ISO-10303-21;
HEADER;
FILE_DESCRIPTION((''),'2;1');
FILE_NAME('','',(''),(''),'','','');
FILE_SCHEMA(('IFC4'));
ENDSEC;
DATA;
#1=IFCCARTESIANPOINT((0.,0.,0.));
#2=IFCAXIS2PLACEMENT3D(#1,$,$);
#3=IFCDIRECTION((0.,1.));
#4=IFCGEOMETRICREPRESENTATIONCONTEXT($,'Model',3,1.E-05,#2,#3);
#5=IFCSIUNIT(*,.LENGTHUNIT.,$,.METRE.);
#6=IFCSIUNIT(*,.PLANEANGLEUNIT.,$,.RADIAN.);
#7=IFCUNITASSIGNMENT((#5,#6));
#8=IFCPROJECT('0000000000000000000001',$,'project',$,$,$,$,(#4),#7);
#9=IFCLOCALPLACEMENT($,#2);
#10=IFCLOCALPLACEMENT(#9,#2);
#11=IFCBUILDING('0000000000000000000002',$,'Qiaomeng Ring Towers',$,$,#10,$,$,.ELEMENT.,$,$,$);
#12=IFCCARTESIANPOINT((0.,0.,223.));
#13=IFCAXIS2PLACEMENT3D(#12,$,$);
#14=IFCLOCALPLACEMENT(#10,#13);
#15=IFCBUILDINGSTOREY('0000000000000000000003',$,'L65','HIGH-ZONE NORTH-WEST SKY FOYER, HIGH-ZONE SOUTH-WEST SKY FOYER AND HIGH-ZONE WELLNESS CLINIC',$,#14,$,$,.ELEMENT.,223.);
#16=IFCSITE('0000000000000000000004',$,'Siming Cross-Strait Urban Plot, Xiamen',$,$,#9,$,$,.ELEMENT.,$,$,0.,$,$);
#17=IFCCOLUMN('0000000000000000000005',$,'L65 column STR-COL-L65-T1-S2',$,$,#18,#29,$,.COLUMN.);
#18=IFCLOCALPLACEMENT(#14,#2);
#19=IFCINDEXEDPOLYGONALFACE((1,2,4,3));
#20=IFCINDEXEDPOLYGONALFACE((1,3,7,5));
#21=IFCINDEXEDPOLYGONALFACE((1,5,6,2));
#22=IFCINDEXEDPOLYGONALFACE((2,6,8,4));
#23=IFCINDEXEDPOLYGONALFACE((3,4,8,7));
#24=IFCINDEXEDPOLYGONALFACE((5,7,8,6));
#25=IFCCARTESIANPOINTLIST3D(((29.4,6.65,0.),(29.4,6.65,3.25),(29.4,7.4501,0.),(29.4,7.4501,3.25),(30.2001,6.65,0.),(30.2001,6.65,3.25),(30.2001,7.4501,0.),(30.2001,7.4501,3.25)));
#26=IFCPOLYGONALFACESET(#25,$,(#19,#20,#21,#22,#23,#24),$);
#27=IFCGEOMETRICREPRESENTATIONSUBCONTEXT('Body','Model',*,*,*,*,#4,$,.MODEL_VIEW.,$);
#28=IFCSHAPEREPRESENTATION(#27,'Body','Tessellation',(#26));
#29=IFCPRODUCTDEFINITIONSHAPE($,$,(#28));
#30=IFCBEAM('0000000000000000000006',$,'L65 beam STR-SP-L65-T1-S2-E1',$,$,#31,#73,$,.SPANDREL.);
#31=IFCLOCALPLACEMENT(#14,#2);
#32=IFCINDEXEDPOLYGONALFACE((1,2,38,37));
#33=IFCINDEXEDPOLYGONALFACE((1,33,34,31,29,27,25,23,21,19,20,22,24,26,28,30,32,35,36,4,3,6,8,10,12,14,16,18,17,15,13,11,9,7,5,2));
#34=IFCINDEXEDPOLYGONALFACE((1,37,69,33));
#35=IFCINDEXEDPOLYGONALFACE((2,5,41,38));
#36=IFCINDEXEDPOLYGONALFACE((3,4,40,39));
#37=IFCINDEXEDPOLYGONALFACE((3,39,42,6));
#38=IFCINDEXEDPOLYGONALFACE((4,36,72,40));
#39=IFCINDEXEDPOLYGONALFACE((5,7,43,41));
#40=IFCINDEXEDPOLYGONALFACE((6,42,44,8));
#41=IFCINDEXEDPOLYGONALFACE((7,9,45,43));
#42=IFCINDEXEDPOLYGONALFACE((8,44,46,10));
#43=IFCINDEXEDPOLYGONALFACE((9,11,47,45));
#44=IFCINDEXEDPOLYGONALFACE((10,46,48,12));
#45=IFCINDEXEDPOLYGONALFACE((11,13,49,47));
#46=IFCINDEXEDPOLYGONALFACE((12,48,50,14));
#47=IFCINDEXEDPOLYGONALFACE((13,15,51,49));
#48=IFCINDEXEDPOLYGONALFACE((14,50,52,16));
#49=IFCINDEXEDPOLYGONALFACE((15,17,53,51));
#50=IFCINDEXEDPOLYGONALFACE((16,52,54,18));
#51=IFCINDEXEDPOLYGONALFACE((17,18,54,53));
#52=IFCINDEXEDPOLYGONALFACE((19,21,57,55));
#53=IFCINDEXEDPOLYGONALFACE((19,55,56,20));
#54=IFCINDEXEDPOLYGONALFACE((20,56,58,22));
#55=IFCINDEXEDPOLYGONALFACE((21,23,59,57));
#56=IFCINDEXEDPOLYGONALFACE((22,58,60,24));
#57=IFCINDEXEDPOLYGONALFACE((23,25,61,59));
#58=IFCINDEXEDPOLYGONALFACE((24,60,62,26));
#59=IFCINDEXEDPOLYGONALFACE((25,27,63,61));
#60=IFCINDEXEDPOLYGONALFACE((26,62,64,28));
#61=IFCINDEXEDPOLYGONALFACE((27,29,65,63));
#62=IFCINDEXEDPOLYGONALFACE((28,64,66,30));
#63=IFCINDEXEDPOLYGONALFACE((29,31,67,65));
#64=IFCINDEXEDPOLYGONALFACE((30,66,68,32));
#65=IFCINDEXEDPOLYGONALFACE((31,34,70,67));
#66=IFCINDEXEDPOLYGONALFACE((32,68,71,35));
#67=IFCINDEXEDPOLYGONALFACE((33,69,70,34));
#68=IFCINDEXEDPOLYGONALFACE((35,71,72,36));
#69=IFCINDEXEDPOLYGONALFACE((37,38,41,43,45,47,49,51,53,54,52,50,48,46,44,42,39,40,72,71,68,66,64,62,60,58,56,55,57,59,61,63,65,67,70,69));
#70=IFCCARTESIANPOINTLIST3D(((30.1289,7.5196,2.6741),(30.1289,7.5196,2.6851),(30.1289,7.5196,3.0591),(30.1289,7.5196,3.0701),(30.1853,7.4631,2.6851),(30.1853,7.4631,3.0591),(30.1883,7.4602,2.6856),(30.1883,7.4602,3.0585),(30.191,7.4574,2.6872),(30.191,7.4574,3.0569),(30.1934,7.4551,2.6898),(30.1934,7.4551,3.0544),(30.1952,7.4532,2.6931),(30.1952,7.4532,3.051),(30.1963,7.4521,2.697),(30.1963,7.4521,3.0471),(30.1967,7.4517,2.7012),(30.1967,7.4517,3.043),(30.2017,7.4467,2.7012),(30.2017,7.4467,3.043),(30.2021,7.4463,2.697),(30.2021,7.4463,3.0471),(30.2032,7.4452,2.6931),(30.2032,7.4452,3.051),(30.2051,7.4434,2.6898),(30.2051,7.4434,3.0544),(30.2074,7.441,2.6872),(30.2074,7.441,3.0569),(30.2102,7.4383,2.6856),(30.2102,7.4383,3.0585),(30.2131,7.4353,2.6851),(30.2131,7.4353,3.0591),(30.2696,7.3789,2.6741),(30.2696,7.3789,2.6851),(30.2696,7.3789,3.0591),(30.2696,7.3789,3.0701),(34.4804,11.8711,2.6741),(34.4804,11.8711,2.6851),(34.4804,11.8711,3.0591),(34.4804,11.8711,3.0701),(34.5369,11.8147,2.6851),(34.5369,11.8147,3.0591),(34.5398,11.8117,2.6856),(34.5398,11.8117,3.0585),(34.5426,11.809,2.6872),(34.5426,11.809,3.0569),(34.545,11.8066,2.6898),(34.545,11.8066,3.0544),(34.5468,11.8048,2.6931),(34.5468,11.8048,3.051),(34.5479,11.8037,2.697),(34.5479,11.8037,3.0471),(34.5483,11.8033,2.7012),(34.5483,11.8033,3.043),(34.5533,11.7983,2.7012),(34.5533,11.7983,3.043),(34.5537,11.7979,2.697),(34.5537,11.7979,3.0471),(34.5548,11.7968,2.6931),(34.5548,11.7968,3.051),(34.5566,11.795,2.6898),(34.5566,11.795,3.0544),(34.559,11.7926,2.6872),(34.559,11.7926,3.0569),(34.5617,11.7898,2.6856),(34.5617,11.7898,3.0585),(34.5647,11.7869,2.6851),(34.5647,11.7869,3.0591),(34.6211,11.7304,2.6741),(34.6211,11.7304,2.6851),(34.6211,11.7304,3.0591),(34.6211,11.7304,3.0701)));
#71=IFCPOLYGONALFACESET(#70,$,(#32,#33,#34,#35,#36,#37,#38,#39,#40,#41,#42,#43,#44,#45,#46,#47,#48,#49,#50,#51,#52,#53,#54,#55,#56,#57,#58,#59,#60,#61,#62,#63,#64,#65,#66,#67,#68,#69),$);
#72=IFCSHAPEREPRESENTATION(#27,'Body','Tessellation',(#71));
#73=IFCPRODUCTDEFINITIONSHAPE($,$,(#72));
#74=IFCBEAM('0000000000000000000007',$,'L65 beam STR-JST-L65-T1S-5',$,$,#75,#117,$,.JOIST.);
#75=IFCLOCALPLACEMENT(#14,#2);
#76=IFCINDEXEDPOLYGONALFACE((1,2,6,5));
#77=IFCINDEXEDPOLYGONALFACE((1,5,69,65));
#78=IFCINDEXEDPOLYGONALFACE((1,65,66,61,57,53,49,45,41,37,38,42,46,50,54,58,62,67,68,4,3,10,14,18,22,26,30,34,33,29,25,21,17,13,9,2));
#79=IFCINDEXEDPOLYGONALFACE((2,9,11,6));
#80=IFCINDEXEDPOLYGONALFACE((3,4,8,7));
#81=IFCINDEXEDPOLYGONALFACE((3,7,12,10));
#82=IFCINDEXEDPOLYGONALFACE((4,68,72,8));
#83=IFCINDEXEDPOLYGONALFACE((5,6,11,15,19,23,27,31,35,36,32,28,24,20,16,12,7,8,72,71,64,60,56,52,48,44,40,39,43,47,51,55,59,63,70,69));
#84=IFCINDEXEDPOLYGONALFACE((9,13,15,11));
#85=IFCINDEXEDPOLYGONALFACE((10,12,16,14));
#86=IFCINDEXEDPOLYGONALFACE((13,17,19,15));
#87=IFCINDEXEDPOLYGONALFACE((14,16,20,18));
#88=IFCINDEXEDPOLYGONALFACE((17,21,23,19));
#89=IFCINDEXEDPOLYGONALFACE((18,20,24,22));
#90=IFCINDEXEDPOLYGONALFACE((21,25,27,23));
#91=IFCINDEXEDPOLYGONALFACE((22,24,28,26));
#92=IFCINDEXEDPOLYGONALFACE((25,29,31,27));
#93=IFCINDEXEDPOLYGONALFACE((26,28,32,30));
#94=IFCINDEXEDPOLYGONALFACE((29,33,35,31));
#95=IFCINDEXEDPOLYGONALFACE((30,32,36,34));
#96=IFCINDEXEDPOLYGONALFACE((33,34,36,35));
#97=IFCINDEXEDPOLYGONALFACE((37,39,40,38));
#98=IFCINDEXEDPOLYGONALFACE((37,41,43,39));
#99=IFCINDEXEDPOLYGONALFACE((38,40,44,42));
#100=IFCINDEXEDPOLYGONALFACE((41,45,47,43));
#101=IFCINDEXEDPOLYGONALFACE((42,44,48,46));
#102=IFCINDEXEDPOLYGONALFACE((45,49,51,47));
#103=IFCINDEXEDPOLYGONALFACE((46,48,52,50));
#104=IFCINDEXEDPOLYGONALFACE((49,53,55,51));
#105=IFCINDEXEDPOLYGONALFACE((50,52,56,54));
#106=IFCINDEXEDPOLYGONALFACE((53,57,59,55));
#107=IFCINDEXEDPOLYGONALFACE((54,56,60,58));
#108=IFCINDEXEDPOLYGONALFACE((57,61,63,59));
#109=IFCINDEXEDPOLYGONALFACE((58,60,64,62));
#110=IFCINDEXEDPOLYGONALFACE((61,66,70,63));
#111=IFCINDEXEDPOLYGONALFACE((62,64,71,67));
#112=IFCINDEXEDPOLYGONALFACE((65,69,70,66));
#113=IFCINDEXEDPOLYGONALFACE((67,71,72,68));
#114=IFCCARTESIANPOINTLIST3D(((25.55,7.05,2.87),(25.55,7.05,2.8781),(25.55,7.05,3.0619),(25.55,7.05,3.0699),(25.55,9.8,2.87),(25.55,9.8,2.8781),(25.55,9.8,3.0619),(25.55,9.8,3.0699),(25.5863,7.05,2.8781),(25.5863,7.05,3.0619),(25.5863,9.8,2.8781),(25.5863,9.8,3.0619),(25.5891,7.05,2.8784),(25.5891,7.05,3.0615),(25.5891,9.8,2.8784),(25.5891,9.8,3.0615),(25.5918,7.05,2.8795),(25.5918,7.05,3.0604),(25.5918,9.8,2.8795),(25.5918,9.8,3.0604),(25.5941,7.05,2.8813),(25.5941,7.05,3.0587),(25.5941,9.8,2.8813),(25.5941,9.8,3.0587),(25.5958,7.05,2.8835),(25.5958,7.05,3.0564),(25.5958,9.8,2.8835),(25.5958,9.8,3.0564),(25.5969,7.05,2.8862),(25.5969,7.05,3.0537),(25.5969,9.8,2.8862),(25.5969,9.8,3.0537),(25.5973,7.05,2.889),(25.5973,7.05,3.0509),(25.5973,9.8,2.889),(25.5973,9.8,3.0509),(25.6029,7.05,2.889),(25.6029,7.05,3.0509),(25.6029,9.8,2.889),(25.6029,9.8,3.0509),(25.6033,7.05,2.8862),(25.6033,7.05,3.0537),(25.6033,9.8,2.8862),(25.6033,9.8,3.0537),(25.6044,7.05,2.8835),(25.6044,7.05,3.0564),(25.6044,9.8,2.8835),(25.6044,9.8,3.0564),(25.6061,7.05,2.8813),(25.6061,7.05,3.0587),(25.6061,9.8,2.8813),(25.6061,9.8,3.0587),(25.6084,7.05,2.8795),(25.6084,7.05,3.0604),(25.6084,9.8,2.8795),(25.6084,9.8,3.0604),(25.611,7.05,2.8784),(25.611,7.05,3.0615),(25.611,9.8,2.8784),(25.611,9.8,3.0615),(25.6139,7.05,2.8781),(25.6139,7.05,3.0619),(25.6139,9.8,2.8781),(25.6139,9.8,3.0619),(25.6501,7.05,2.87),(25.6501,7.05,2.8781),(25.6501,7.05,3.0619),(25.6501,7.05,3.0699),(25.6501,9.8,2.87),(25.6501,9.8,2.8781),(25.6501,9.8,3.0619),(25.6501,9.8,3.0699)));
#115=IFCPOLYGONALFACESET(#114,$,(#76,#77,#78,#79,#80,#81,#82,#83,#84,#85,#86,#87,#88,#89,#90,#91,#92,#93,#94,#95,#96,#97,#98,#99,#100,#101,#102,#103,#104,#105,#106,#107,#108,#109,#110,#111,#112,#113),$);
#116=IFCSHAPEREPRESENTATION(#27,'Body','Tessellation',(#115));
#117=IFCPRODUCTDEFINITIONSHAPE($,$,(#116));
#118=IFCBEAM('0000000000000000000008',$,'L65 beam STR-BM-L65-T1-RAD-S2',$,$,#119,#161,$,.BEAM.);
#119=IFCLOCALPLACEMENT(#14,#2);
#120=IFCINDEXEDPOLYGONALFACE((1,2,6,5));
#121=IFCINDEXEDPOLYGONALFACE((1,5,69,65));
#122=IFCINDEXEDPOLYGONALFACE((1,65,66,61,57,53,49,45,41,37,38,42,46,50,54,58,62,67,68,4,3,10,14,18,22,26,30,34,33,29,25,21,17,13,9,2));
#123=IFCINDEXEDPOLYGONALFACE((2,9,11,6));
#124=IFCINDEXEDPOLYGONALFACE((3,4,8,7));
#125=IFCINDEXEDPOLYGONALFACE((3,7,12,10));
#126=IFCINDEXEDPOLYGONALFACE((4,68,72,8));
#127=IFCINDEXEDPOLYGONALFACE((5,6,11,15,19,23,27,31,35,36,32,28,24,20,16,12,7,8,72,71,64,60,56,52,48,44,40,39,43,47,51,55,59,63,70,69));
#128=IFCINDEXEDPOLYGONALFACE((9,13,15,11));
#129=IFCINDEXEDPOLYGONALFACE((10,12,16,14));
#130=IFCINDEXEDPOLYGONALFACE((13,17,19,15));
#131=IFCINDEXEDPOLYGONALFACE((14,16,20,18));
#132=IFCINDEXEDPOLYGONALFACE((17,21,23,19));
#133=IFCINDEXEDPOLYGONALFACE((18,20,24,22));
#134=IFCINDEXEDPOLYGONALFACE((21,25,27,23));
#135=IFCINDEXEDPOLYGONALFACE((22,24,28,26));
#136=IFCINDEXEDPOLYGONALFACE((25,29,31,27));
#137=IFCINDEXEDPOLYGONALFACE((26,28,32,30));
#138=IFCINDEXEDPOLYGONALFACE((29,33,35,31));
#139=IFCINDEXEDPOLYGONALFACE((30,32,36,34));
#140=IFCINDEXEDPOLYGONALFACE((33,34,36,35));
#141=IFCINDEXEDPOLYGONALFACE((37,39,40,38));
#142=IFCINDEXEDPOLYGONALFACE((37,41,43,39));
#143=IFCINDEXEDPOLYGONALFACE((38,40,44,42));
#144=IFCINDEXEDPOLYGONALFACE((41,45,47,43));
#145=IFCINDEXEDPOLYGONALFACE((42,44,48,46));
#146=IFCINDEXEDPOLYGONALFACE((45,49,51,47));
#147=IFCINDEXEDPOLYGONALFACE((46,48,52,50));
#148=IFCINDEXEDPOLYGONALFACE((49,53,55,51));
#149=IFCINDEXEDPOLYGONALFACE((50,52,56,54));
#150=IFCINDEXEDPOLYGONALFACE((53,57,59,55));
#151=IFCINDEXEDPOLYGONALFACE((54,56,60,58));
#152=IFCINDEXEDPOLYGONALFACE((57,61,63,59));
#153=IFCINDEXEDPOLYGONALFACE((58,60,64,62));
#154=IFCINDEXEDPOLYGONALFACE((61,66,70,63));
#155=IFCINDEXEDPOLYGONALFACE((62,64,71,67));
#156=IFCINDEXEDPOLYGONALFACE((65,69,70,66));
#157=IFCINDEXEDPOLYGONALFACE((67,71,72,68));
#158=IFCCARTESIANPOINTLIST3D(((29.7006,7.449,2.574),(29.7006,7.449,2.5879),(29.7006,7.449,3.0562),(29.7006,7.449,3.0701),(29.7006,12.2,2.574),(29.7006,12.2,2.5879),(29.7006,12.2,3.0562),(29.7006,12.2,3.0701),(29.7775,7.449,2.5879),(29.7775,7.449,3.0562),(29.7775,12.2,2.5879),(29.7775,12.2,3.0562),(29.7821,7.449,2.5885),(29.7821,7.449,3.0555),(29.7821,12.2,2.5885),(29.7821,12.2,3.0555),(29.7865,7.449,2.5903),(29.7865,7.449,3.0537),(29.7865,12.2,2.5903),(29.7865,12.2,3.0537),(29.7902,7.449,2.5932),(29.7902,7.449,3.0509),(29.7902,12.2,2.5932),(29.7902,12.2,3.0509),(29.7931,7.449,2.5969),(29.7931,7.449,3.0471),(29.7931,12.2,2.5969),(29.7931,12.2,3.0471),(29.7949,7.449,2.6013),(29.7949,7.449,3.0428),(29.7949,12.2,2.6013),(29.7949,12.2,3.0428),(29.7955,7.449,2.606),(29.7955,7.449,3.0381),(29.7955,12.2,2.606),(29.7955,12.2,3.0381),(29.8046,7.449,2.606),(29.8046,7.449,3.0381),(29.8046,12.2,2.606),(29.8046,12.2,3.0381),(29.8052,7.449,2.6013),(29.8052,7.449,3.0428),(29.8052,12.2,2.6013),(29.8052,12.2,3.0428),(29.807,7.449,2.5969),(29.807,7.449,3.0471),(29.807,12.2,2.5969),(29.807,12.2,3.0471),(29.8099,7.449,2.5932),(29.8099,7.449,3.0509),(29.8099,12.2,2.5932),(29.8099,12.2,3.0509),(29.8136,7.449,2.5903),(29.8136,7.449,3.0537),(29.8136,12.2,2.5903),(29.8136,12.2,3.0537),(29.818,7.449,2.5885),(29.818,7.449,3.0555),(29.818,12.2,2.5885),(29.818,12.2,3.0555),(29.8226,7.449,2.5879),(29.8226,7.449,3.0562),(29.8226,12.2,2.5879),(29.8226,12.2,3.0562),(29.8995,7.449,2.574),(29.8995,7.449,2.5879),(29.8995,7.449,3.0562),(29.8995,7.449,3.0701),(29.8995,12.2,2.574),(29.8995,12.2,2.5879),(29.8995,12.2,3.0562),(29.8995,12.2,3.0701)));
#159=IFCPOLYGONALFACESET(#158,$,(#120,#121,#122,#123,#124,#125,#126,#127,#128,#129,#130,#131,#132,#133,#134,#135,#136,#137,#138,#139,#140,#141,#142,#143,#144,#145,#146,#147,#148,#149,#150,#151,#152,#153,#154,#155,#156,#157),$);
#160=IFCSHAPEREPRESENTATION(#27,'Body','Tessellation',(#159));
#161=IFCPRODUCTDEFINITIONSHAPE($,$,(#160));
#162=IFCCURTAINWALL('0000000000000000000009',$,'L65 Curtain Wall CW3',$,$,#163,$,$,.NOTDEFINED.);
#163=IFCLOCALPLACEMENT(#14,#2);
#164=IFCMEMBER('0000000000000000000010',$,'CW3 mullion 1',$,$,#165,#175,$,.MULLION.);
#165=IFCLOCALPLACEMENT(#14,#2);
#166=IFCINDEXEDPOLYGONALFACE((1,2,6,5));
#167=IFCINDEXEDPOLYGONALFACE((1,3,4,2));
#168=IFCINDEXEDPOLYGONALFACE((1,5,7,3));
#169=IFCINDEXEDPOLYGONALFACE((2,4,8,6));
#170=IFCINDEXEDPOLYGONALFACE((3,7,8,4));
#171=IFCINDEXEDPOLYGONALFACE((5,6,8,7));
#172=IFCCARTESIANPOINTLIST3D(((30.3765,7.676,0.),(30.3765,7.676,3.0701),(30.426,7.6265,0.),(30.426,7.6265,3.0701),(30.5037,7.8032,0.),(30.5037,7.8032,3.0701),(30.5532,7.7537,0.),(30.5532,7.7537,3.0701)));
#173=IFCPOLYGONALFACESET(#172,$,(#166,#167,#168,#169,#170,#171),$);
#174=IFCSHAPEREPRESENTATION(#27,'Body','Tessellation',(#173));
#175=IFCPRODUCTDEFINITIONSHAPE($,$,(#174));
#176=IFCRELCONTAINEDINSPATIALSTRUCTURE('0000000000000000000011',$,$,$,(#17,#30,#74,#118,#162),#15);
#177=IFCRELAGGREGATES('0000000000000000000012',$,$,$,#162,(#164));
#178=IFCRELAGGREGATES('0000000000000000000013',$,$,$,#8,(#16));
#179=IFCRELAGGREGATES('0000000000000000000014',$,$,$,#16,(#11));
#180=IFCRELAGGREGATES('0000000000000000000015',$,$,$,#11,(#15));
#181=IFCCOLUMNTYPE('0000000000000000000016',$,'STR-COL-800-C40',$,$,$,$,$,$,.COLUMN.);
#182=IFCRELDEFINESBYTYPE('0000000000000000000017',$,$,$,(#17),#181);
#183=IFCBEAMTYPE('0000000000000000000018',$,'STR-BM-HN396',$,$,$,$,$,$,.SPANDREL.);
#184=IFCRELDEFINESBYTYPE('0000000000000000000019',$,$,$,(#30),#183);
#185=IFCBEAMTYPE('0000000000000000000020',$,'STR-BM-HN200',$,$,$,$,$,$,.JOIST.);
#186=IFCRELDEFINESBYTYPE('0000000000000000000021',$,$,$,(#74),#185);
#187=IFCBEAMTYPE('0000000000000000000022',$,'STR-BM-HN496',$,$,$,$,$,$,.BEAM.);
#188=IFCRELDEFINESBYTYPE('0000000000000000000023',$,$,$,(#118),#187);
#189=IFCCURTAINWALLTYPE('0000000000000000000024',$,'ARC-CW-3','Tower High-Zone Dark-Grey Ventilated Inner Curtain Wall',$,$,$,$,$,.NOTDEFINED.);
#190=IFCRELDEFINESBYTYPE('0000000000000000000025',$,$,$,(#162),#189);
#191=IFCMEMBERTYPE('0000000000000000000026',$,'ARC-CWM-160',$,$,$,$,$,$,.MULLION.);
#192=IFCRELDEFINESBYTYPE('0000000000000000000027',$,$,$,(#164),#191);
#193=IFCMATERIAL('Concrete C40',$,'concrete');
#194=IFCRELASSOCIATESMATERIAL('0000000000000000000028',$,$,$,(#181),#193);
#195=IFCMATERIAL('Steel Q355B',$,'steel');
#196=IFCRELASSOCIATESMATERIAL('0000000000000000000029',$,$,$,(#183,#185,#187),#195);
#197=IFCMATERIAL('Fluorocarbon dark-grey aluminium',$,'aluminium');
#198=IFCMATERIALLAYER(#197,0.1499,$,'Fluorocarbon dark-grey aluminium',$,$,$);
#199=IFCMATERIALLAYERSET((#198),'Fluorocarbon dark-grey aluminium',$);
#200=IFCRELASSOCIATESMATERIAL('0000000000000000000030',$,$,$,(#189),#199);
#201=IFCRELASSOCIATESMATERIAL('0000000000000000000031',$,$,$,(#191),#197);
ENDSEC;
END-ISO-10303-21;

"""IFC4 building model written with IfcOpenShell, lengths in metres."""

from ifc_helpers import new_model, si_unit, direction, frame, origin, origin_2d, place, context, subcontext, project, spatial, rectangle, i_section, extrude, source, transform, mapped, material, layer, layer_set, material_profile, profile_set, type_object, element, aggregate, save


model = new_model("IFC4")

# Units and contexts
model_context = context("Model", 3, precision=1e-05, world=origin(), true_north=direction((0.0, 1.0)))
body_context = subcontext(model_context, "Body", "Model", "MODEL_VIEW")
ifc_project = project(units=[si_unit("LENGTHUNIT", "METRE"), si_unit("PLANEANGLEUNIT", "RADIAN")], contexts=[model_context])

# Site, building, storey
site_placement = place(None, origin())
site = spatial("IfcSite", under=ifc_project, at=site_placement, Name="Siming Cross-Strait Urban Plot, Xiamen", CompositionType="ELEMENT", RefElevation=0.0)
building_placement = place(site_placement, origin())
building = spatial("IfcBuilding", under=site, at=building_placement, Name="Qiaomeng Ring Towers", CompositionType="ELEMENT")
storey_placement = place(building_placement, frame((0.0, 0.0, 223.0)))
storey = spatial("IfcBuildingStorey", under=building, at=storey_placement, Name="L65", Description="HIGH-ZONE NORTH-WEST SKY FOYER, HIGH-ZONE SOUTH-WEST SKY FOYER AND HIGH-ZONE WELLNESS CLINIC", CompositionType="ELEMENT", Elevation=223.0)

# Column
ifc_material_1 = material(Name="Concrete C40", Category="concrete")
ifc_material_profile_1 = material_profile(ifc_material_1, rectangle(XDim=0.8, YDim=0.8, at=origin_2d()), Name="RC COL 800x800")
ifc_profile_set_1 = profile_set([ifc_material_profile_1], Name="Concrete C40")
column_type = type_object("IfcColumnType", Name="STR-COL-800-C40", PredefinedType="COLUMN", material=ifc_profile_set_1)
shared_shape_1 = source(origin(), body_context, "Body", "SweptSolid", [
    extrude(rectangle(XDim=0.8, YDim=0.8, at=origin_2d()), origin(), (0.0, 0.0, 1.0), 3.25),
])
column_placement = place(storey_placement, frame((29.8, 7.05, 0.0), z_axis=(0.0, 0.0, 1.0), x_axis=(1.0, 0.0, 0.0)))
element("IfcColumn", 1, at=column_placement, inside=storey, type_object=column_type, Name="L65 column STR-COL-L65-T1-S2", PredefinedType="COLUMN", context=body_context, shape_type="MappedRepresentation", body=[
    mapped(shared_shape_1, transform((0.0, 0.0, 0.0), x_axis=(1.0, 0.0, 0.0), y_axis=(0.0, 1.0, 0.0), z_axis=(0.0, 0.0, 1.0), scale=1.0)),
])

# Beams
ifc_material_2 = material(Name="Steel Q355B", Category="steel")
ifc_material_profile_2 = material_profile(ifc_material_2, i_section(OverallWidth=0.199, OverallDepth=0.396, WebThickness=0.0071, FlangeThickness=0.011, FilletRadius=0.0161, at=origin_2d()), Name="HN 396x199x7x11")
ifc_profile_set_2 = profile_set([ifc_material_profile_2], Name="Steel Q355B")
beam_type_1 = type_object("IfcBeamType", Name="STR-BM-HN396", PredefinedType="SPANDREL", material=ifc_profile_set_2)
shared_shape_2 = source(origin(), body_context, "Body", "SweptSolid", [
    extrude(i_section(OverallWidth=0.199, OverallDepth=0.396, WebThickness=0.0071, FlangeThickness=0.011, FilletRadius=0.0161, at=origin_2d()), origin(), (0.0, 0.0, 1.0), 6.1541),
])
beam_1_placement = place(storey_placement, frame((30.1992, 7.4492, 2.8721), z_axis=(0.707107, 0.707107, 0.0), x_axis=(-0.707107, 0.707107, 0.0)))
element("IfcBeam", 2, at=beam_1_placement, inside=storey, type_object=beam_type_1, Name="L65 beam STR-SP-L65-T1-S2-E1", PredefinedType="SPANDREL", context=body_context, shape_type="MappedRepresentation", body=[
    mapped(shared_shape_2, transform((0.0, 0.0, 0.0), x_axis=(1.0, 0.0, 0.0), y_axis=(0.0, 1.0, 0.0), z_axis=(0.0, 0.0, 1.0), scale=1.0)),
])
ifc_material_profile_3 = material_profile(ifc_material_2, i_section(OverallWidth=0.1001, OverallDepth=0.2, WebThickness=0.0056, FlangeThickness=0.0081, FilletRadius=0.011, at=origin_2d()), Name="HN 200x100x5.5x8")
ifc_profile_set_3 = profile_set([ifc_material_profile_3], Name="Steel Q355B")
beam_type_2 = type_object("IfcBeamType", Name="STR-BM-HN200", PredefinedType="JOIST", material=ifc_profile_set_3)
shared_shape_3 = source(origin(), body_context, "Body", "SweptSolid", [
    extrude(i_section(OverallWidth=0.1001, OverallDepth=0.2, WebThickness=0.0056, FlangeThickness=0.0081, FilletRadius=0.011, at=origin_2d()), origin(), (0.0, 0.0, 1.0), 2.75),
])
beam_2_placement = place(storey_placement, frame((25.6001, 7.05, 2.97), z_axis=(0.0, 1.0, 0.0), x_axis=(-1.0, 0.0, 0.0)))
element("IfcBeam", 3, at=beam_2_placement, inside=storey, type_object=beam_type_2, Name="L65 beam STR-JST-L65-T1S-5", PredefinedType="JOIST", context=body_context, shape_type="MappedRepresentation", body=[
    mapped(shared_shape_3, transform((0.0, 0.0, 0.0), x_axis=(1.0, 0.0, 0.0), y_axis=(0.0, 1.0, 0.0), z_axis=(0.0, 0.0, 1.0), scale=1.0)),
])
ifc_material_profile_4 = material_profile(ifc_material_2, i_section(OverallWidth=0.199, OverallDepth=0.4961, WebThickness=0.009, FlangeThickness=0.0139, FilletRadius=0.0181, at=origin_2d()), Name="HN 496x199x9x14")
ifc_profile_set_4 = profile_set([ifc_material_profile_4], Name="Steel Q355B")
beam_type_3 = type_object("IfcBeamType", Name="STR-BM-HN496", PredefinedType="BEAM", material=ifc_profile_set_4)
shared_shape_4 = source(origin(), body_context, "Body", "SweptSolid", [
    extrude(i_section(OverallWidth=0.199, OverallDepth=0.4961, WebThickness=0.009, FlangeThickness=0.0139, FilletRadius=0.0181, at=origin_2d()), origin(), (0.0, 0.0, 1.0), 4.751),
])
beam_3_placement = place(storey_placement, frame((29.8, 7.449, 2.822), z_axis=(0.0, 1.0, 0.0), x_axis=(-1.0, 0.0, 0.0)))
element("IfcBeam", 4, at=beam_3_placement, inside=storey, type_object=beam_type_3, Name="L65 beam STR-BM-L65-T1-RAD-S2", PredefinedType="BEAM", context=body_context, shape_type="MappedRepresentation", body=[
    mapped(shared_shape_4, transform((0.0, 0.0, 0.0), x_axis=(1.0, 0.0, 0.0), y_axis=(0.0, 1.0, 0.0), z_axis=(0.0, 0.0, 1.0), scale=1.0)),
])

# Curtain wall, member
ifc_material_3 = material(Name="Fluorocarbon dark-grey aluminium", Category="aluminium")
ifc_layer_1 = layer(ifc_material_3, 0.1499, Name="Fluorocarbon dark-grey aluminium")
ifc_layer_set_1 = layer_set([ifc_layer_1], Name="Fluorocarbon dark-grey aluminium")
curtain_wall_type = type_object("IfcCurtainWallType", Name="ARC-CW-3", Description="Tower High-Zone Dark-Grey Ventilated Inner Curtain Wall", PredefinedType="NOTDEFINED", material=ifc_layer_set_1)
curtain_wall_placement = place(storey_placement, origin())
curtain_wall = element("IfcCurtainWall", 5, at=curtain_wall_placement, inside=storey, type_object=curtain_wall_type, Name="L65 Curtain Wall CW3", PredefinedType="NOTDEFINED")
ifc_material_profile_5 = material_profile(ifc_material_3, rectangle(XDim=0.0701, YDim=0.1799, at=origin_2d()), Name="ALU MULL 70x180")
ifc_profile_set_5 = profile_set([ifc_material_profile_5], Name="Fluorocarbon dark-grey aluminium")
member_type_1 = type_object("IfcMemberType", Name="ARC-CWM-160", PredefinedType="MULLION", material=ifc_profile_set_5)
shared_shape_5 = source(origin(), body_context, "Body", "SweptSolid", [
    extrude(rectangle(XDim=0.0701, YDim=0.1799, at=origin_2d()), origin(), (0.0, 0.0, 1.0), 3.0701),
])
member_1_placement = place(storey_placement, frame((30.4648, 7.7148, 0.0), z_axis=(0.0, 0.0, 1.0), x_axis=(-0.707107, 0.707107, 0.0)))
member_1 = element("IfcMember", 6, at=member_1_placement, type_object=member_type_1, Name="CW3 mullion 1", PredefinedType="MULLION", context=body_context, shape_type="MappedRepresentation", body=[
    mapped(shared_shape_5, transform((0.0, 0.0, 0.0), x_axis=(1.0, 0.0, 0.0), y_axis=(0.0, 1.0, 0.0), z_axis=(0.0, 0.0, 1.0), scale=1.0)),
])
aggregate(curtain_wall, [member_1])

save(model, "model.ifc")
